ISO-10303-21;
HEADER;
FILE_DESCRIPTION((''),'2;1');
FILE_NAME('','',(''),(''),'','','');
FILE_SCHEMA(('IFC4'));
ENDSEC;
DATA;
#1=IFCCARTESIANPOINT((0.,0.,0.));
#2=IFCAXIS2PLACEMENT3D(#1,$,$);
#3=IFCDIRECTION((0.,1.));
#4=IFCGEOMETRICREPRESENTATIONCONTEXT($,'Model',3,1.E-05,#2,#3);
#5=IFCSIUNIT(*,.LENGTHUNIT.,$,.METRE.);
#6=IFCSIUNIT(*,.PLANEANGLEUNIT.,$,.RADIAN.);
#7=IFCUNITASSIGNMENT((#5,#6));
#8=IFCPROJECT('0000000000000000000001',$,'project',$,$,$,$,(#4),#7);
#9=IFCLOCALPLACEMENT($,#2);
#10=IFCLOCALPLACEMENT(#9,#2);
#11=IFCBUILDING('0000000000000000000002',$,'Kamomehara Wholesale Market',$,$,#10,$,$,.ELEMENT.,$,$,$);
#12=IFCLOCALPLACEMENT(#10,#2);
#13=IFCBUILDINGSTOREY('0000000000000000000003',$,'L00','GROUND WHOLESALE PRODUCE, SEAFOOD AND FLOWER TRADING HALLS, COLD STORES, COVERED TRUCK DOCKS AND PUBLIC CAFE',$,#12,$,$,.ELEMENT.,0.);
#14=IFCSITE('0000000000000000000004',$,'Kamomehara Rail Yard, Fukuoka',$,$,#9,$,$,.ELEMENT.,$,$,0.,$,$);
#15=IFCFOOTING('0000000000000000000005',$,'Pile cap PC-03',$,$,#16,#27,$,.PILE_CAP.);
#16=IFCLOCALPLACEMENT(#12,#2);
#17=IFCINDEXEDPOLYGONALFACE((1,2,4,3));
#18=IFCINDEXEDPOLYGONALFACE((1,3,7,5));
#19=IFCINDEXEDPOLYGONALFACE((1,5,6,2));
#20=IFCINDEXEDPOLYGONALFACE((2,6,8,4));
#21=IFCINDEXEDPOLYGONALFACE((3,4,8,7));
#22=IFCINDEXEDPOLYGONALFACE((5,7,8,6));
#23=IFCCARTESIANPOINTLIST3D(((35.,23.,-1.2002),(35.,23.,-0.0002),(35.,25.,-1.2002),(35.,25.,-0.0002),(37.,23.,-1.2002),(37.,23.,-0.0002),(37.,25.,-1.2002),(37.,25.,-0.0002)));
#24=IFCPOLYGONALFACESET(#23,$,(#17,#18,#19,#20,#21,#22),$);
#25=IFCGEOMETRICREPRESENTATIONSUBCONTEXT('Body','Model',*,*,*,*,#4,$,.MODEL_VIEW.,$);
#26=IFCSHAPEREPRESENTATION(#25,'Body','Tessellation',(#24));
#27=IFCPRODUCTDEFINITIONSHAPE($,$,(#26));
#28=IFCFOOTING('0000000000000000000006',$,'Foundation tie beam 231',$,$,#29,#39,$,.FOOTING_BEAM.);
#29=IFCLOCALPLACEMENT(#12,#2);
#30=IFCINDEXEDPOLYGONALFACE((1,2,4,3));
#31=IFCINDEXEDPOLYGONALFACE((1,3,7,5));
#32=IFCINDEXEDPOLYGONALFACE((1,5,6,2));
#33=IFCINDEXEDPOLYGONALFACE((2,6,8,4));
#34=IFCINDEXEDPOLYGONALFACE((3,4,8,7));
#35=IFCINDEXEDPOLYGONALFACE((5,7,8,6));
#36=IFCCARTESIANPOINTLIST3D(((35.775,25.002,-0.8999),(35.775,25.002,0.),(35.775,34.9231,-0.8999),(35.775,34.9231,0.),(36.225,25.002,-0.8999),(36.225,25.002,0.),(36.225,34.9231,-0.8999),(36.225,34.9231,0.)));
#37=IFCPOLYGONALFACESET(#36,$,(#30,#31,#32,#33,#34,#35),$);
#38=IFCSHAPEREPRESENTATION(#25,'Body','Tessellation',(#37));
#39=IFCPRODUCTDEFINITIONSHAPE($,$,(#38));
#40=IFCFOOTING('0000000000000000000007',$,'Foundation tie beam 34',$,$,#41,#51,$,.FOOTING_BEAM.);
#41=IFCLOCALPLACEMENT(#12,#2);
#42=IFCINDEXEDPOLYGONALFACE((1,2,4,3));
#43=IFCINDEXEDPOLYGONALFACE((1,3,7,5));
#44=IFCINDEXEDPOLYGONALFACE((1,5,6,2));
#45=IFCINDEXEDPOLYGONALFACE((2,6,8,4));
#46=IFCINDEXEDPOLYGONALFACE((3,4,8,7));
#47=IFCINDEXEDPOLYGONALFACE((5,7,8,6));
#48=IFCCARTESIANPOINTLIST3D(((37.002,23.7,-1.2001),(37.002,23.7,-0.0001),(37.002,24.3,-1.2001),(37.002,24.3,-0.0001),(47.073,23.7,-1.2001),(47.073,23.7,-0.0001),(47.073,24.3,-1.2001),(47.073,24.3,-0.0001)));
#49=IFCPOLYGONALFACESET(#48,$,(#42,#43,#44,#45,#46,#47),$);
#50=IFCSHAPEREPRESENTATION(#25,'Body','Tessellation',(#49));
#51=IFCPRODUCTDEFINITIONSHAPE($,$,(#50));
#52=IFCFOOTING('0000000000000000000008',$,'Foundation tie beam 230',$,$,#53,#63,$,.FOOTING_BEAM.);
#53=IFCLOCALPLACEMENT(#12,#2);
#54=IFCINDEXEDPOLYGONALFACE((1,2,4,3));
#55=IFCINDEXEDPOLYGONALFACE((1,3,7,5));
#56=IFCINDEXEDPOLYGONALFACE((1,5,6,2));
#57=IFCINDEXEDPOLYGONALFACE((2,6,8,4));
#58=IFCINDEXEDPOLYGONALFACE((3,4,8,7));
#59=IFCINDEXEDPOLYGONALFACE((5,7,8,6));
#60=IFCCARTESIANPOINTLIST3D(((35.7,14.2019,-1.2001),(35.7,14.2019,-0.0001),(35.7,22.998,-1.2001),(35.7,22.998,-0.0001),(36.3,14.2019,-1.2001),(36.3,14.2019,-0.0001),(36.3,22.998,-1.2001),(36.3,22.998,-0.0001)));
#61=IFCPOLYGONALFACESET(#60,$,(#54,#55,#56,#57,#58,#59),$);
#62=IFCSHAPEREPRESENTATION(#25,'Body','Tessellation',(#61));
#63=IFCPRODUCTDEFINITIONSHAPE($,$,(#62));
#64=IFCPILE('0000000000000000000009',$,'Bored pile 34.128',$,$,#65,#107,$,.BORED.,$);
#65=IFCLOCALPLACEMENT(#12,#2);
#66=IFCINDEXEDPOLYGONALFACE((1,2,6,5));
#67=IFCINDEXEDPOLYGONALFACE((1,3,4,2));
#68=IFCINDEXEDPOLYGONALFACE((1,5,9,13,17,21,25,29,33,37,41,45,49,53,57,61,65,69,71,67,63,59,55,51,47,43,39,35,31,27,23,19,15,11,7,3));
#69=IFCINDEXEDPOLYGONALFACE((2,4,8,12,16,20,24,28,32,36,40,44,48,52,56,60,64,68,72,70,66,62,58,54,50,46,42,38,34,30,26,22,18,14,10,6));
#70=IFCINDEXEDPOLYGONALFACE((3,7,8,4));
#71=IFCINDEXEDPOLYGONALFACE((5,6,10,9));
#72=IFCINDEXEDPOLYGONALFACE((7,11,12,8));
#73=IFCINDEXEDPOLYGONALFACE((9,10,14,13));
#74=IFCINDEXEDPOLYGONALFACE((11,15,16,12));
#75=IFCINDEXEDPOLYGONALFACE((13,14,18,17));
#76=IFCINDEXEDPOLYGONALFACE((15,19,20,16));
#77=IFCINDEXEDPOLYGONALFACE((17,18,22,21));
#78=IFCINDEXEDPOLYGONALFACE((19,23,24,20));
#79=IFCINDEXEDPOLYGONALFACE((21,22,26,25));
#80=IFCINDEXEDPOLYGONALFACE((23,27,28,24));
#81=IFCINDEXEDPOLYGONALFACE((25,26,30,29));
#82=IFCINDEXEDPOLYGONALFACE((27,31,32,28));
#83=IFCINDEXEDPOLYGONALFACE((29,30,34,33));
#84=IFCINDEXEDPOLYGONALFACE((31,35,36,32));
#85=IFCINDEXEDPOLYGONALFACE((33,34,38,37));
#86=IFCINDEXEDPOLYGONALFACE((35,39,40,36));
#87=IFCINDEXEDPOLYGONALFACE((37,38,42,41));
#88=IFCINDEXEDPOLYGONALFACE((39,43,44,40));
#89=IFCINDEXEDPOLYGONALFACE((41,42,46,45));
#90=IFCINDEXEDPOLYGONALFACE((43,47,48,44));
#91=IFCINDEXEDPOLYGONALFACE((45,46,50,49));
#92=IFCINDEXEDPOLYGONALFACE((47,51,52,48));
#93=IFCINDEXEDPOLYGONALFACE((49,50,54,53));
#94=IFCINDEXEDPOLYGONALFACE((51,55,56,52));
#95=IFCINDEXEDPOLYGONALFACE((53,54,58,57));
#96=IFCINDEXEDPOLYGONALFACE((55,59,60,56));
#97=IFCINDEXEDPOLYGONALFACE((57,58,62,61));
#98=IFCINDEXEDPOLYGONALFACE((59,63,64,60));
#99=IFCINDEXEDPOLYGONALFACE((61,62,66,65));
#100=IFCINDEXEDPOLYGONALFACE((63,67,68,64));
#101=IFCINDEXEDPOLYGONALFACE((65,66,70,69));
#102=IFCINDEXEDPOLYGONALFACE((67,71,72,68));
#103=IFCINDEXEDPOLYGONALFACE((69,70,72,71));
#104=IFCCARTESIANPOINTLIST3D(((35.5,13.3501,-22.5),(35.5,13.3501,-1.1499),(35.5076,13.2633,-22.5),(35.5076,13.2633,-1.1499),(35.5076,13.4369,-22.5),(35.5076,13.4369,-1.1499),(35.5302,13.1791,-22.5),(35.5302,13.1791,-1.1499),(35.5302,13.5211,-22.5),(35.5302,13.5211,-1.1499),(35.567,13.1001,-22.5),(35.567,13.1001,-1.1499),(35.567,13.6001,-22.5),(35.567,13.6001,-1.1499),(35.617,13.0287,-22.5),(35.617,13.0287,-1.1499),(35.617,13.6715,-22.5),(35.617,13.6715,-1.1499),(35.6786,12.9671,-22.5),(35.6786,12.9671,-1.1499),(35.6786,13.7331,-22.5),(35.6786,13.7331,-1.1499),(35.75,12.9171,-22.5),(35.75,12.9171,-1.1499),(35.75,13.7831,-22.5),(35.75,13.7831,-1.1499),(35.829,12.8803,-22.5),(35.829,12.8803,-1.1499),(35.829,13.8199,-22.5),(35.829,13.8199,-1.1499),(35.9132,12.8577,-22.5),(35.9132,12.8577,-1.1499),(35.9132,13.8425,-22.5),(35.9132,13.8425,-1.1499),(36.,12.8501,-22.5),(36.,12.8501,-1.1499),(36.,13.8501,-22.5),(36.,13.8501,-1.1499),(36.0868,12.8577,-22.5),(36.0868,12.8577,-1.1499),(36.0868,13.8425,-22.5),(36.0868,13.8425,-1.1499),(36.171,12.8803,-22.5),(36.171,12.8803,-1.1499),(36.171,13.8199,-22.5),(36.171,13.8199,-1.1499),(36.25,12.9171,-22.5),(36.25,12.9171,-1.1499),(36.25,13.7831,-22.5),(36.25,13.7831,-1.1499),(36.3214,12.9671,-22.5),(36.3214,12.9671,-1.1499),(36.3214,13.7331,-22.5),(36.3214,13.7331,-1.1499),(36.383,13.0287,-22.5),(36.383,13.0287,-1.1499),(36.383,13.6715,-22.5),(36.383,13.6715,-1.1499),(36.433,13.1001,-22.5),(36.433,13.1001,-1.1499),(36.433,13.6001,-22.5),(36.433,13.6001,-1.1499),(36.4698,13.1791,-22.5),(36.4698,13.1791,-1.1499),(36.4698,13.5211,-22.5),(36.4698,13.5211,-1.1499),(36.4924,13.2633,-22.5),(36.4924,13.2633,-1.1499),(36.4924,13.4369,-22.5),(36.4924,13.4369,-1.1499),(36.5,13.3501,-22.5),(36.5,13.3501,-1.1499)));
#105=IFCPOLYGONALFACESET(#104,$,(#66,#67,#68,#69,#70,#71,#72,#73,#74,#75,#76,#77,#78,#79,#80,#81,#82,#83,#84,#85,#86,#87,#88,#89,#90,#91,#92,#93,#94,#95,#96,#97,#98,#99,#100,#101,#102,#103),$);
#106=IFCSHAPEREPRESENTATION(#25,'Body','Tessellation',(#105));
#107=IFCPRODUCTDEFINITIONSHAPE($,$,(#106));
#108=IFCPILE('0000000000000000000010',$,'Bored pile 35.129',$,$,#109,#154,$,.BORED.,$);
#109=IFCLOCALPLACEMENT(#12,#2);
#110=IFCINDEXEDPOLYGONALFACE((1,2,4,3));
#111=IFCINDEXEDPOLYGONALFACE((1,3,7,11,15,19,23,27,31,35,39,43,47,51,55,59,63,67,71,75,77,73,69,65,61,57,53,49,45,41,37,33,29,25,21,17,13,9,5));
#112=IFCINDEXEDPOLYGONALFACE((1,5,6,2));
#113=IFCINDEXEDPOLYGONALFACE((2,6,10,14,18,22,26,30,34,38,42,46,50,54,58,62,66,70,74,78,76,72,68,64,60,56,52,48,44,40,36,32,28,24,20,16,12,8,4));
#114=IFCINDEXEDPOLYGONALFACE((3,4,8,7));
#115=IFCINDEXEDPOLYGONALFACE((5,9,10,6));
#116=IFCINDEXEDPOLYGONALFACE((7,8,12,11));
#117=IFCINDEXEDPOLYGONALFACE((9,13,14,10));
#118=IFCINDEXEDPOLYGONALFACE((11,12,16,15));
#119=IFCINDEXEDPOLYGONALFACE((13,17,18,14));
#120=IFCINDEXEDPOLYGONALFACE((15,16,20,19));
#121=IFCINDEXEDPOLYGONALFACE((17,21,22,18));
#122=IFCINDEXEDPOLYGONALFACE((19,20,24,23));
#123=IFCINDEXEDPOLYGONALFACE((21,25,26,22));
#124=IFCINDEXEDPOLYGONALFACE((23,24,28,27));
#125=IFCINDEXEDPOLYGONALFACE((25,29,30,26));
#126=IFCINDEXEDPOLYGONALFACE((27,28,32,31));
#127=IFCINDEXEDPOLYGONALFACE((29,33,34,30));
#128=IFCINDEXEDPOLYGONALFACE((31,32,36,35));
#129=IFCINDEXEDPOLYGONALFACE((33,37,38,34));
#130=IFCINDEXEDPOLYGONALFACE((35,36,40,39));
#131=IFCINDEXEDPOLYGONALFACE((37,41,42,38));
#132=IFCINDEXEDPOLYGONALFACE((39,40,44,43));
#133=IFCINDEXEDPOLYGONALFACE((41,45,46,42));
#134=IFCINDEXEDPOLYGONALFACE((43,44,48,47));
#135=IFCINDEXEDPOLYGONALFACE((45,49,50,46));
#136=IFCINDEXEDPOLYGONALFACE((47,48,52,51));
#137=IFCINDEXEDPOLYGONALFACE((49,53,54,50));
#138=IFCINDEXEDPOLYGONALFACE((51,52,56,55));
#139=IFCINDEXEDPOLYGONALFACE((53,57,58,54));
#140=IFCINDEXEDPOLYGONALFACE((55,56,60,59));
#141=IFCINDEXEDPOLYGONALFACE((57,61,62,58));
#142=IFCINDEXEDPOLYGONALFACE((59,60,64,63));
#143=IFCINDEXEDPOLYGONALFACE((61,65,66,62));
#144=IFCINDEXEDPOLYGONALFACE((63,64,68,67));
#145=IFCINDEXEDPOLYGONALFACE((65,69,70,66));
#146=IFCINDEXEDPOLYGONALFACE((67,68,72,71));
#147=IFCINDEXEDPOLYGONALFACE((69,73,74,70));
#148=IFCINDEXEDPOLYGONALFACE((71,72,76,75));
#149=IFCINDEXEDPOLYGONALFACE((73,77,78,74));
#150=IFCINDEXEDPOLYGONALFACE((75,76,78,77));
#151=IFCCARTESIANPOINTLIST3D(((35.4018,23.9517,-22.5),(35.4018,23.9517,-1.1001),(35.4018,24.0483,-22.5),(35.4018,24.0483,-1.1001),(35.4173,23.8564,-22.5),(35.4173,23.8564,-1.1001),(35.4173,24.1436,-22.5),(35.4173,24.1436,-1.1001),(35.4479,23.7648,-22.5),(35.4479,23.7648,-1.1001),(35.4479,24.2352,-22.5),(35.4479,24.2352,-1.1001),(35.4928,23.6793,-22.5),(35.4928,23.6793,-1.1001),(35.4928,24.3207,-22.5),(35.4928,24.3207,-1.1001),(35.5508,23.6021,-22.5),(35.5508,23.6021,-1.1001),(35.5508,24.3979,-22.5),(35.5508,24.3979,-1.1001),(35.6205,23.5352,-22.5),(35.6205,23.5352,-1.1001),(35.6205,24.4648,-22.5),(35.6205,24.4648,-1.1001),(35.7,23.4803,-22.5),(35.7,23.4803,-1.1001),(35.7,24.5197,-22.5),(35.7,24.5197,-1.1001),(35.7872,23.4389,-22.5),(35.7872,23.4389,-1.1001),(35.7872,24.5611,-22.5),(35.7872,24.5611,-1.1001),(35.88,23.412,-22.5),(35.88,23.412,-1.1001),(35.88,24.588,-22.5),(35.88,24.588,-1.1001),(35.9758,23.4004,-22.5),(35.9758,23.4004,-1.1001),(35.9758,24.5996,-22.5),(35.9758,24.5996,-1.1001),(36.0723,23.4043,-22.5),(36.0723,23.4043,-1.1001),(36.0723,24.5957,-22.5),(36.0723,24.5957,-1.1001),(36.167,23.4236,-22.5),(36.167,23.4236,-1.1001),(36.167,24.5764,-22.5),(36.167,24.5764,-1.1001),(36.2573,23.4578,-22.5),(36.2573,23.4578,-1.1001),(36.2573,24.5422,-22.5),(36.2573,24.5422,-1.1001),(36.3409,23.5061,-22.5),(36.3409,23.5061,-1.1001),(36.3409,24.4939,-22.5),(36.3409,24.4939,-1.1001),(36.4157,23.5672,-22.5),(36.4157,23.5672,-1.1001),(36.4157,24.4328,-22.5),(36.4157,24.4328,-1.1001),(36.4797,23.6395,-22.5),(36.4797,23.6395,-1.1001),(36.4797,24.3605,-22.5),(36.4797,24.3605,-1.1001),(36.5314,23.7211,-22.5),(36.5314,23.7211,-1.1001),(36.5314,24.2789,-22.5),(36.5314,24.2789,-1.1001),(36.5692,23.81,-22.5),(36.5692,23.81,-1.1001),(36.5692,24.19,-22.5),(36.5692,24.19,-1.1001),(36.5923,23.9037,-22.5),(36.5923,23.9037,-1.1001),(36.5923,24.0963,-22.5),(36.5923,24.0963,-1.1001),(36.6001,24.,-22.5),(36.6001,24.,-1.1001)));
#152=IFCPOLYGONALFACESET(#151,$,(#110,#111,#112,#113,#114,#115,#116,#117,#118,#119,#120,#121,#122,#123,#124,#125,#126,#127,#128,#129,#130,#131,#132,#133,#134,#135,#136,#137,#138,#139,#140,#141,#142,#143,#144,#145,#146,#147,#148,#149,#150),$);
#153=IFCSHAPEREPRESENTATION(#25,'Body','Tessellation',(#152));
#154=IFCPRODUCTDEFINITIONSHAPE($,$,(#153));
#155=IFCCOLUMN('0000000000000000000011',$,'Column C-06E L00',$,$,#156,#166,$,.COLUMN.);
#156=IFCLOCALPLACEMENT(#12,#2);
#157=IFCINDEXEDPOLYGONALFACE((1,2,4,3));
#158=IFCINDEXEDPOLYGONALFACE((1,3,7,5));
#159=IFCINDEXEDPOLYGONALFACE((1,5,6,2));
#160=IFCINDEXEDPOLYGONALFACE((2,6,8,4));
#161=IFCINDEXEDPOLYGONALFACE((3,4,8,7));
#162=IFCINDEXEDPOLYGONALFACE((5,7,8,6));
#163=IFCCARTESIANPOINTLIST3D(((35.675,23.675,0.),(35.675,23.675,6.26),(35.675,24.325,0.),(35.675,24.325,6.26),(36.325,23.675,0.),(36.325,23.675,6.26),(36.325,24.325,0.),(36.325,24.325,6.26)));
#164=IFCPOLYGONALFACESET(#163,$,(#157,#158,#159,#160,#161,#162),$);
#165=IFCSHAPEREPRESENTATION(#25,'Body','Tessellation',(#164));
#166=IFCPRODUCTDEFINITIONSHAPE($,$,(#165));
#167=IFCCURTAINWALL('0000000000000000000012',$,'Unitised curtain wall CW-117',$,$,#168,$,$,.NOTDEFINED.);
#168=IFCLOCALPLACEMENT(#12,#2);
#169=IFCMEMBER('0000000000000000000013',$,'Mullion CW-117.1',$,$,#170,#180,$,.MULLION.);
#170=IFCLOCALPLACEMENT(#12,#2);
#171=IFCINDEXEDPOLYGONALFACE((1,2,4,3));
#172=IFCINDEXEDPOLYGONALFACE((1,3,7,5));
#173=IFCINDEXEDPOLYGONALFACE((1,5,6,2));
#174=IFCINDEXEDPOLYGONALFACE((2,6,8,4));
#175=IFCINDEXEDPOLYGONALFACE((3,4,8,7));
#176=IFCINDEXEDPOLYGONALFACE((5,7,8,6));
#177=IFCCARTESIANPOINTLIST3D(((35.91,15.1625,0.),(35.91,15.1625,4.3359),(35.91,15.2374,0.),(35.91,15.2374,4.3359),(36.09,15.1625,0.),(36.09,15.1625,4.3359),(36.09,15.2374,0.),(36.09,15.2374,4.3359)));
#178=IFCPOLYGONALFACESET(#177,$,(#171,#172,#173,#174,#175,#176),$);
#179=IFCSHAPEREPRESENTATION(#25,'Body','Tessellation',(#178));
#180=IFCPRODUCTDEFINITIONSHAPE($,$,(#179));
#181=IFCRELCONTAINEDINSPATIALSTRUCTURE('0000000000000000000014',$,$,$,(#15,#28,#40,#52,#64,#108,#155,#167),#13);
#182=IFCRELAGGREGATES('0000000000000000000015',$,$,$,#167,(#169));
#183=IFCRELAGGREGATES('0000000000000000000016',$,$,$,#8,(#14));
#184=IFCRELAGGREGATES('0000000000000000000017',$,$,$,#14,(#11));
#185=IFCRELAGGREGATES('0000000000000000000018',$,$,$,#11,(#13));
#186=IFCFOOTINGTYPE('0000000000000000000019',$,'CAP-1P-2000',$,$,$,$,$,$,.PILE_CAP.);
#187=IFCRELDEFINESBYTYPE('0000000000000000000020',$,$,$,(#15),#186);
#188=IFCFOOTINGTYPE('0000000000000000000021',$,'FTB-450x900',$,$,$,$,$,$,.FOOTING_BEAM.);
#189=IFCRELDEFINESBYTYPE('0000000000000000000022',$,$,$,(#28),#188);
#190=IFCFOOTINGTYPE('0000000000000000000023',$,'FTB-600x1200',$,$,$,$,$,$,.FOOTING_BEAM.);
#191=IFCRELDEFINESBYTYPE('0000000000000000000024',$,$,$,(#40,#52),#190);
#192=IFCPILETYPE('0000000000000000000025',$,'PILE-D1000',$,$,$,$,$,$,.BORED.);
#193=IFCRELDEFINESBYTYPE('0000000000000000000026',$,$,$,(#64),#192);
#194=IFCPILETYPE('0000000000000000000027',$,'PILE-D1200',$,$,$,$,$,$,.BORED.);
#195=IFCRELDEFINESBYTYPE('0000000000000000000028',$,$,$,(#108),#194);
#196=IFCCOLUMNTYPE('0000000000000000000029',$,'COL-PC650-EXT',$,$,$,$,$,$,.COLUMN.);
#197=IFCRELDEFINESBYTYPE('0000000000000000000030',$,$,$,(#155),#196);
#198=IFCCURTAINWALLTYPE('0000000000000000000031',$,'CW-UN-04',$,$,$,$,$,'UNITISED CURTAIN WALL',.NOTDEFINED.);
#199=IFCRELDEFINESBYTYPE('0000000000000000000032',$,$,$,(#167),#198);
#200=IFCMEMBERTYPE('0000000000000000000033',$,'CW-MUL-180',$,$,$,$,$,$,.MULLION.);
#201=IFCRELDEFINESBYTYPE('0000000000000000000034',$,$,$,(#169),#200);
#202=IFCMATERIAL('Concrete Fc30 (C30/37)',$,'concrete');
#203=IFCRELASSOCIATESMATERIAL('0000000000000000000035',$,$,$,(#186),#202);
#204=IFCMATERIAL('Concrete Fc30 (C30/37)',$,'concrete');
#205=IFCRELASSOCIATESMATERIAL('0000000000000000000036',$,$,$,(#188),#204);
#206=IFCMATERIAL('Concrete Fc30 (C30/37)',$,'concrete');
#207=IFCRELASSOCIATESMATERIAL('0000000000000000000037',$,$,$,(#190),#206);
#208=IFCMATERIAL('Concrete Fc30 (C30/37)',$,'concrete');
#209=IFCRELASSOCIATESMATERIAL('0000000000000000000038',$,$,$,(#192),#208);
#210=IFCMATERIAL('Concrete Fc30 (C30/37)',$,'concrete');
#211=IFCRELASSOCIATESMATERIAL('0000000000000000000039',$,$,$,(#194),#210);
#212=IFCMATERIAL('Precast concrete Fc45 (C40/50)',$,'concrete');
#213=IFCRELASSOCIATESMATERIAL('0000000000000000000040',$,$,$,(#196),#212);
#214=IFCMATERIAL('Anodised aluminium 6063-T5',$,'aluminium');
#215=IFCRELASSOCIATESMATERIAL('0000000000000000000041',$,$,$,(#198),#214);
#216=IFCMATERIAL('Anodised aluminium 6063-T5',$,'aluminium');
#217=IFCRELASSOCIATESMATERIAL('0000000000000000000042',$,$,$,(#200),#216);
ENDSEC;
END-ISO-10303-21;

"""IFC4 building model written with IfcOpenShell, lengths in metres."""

from ifc_helpers import new_model, si_unit, direction, frame, origin, origin_2d, place, context, subcontext, project, spatial, rectangle, circle, extrude, material, material_profile, profile_set, type_object, element, aggregate, save


model = new_model("IFC4")

# Units and contexts
model_context = context("Model", 3, precision=1e-05, world=origin(), true_north=direction((0.0, 1.0)))
body_context = subcontext(model_context, "Body", "Model", "MODEL_VIEW")
ifc_project = project(units=[si_unit("LENGTHUNIT", "METRE"), si_unit("PLANEANGLEUNIT", "RADIAN")], contexts=[model_context])

# Site, building, storey
site_placement = place(None, origin())
site = spatial("IfcSite", under=ifc_project, at=site_placement, Name="Kamomehara Rail Yard, Fukuoka", CompositionType="ELEMENT", RefElevation=0.0)
building_placement = place(site_placement, origin())
building = spatial("IfcBuilding", under=site, at=building_placement, Name="Kamomehara Wholesale Market", CompositionType="ELEMENT")
storey_placement = place(building_placement, origin())
storey = spatial("IfcBuildingStorey", under=building, at=storey_placement, Name="L00", Description="GROUND WHOLESALE PRODUCE, SEAFOOD AND FLOWER TRADING HALLS, COLD STORES, COVERED TRUCK DOCKS AND PUBLIC CAFE", CompositionType="ELEMENT", Elevation=0.0)

# Footings
ifc_material_1 = material(Name="Concrete Fc30 (C30/37)", Category="concrete")
footing_type_1 = type_object("IfcFootingType", Name="CAP-1P-2000", PredefinedType="PILE_CAP", material=ifc_material_1)
footing_1_placement = place(storey_placement, frame((36.0, 24.0, -1.2002), z_axis=(0.0, 0.0, 1.0), x_axis=(1.0, 0.0, 0.0)))
element("IfcFooting", 1, at=footing_1_placement, inside=storey, type_object=footing_type_1, Name="Pile cap PC-03", PredefinedType="PILE_CAP", context=body_context, shape_type="SweptSolid", body=[
    extrude(rectangle(XDim=2.0, YDim=2.0, at=origin_2d()), origin(), (0.0, 0.0, 1.0), 1.2),
])
ifc_material_2 = material(Name="Concrete Fc30 (C30/37)", Category="concrete")
ifc_material_profile_1 = material_profile(ifc_material_2, rectangle(XDim=0.45, YDim=0.8999, at=origin_2d()), Name="RC-FTB-450x900")
ifc_profile_set_1 = profile_set([ifc_material_profile_1], Name="Concrete Fc30 (C30/37)")
footing_type_2 = type_object("IfcFootingType", Name="FTB-450x900", PredefinedType="FOOTING_BEAM", material=ifc_profile_set_1)
footing_2_placement = place(storey_placement, frame((36.0, 25.002, -0.45), z_axis=(0.0, 1.0, 0.0), x_axis=(-1.0, 0.0, 0.0)))
element("IfcFooting", 2, at=footing_2_placement, inside=storey, type_object=footing_type_2, Name="Foundation tie beam 231", PredefinedType="FOOTING_BEAM", context=body_context, shape_type="SweptSolid", body=[
    extrude(rectangle(XDim=0.45, YDim=0.8999, at=origin_2d()), origin(), (0.0, 0.0, 1.0), 9.9211),
])
ifc_material_3 = material(Name="Concrete Fc30 (C30/37)", Category="concrete")
ifc_material_profile_2 = material_profile(ifc_material_3, rectangle(XDim=0.6001, YDim=1.2, at=origin_2d()), Name="RC-FTB-600x1200")
ifc_profile_set_2 = profile_set([ifc_material_profile_2], Name="Concrete Fc30 (C30/37)")
footing_type_3 = type_object("IfcFootingType", Name="FTB-600x1200", PredefinedType="FOOTING_BEAM", material=ifc_profile_set_2)
footing_3_placement = place(storey_placement, frame((37.002, 24.0, -0.6001), z_axis=(1.0, 0.0, 0.0), x_axis=(0.0, 1.0, 0.0)))
element("IfcFooting", 3, at=footing_3_placement, inside=storey, type_object=footing_type_3, Name="Foundation tie beam 34", PredefinedType="FOOTING_BEAM", context=body_context, shape_type="SweptSolid", body=[
    extrude(rectangle(XDim=0.6001, YDim=1.2, at=origin_2d()), origin(), (0.0, 0.0, 1.0), 10.071),
])
footing_4_placement = place(storey_placement, frame((36.0, 14.2019, -0.6001), z_axis=(0.0, 1.0, 0.0), x_axis=(-1.0, 0.0, 0.0)))
element("IfcFooting", 4, at=footing_4_placement, inside=storey, type_object=footing_type_3, Name="Foundation tie beam 230", PredefinedType="FOOTING_BEAM", context=body_context, shape_type="SweptSolid", body=[
    extrude(rectangle(XDim=0.6001, YDim=1.2, at=origin_2d()), origin(), (0.0, 0.0, 1.0), 8.7961),
])

# Piles
ifc_material_4 = material(Name="Concrete Fc30 (C30/37)", Category="concrete")
ifc_material_profile_3 = material_profile(ifc_material_4, circle(Radius=0.5, at=origin_2d()), Name="RC-PILE-D1000")
ifc_profile_set_3 = profile_set([ifc_material_profile_3], Name="Concrete Fc30 (C30/37)")
pile_type_1 = type_object("IfcPileType", Name="PILE-D1000", PredefinedType="BORED", material=ifc_profile_set_3)
pile_1_placement = place(storey_placement, frame((36.0, 13.3501, -1.1499), z_axis=(0.0, 0.0, -1.0), x_axis=(1.0, 0.0, 0.0)))
element("IfcPile", 5, at=pile_1_placement, inside=storey, type_object=pile_type_1, Name="Bored pile 34.128", PredefinedType="BORED", context=body_context, shape_type="SweptSolid", body=[
    extrude(circle(Radius=0.5, at=origin_2d()), origin(), (0.0, 0.0, 1.0), 21.3501),
])
ifc_material_5 = material(Name="Concrete Fc30 (C30/37)", Category="concrete")
ifc_material_profile_4 = material_profile(ifc_material_5, circle(Radius=0.6001, at=origin_2d()), Name="RC-PILE-D1200")
ifc_profile_set_4 = profile_set([ifc_material_profile_4], Name="Concrete Fc30 (C30/37)")
pile_type_2 = type_object("IfcPileType", Name="PILE-D1200", PredefinedType="BORED", material=ifc_profile_set_4)
pile_2_placement = place(storey_placement, frame((36.0, 24.0, -1.1001), z_axis=(0.0, 0.0, -1.0), x_axis=(1.0, 0.0, 0.0)))
element("IfcPile", 6, at=pile_2_placement, inside=storey, type_object=pile_type_2, Name="Bored pile 35.129", PredefinedType="BORED", context=body_context, shape_type="SweptSolid", body=[
    extrude(circle(Radius=0.6001, at=origin_2d()), origin(), (0.0, 0.0, 1.0), 21.3999),
])

# Column
ifc_material_6 = material(Name="Precast concrete Fc45 (C40/50)", Category="concrete")
ifc_material_profile_5 = material_profile(ifc_material_6, rectangle(XDim=0.6499, YDim=0.6499, at=origin_2d()), Name="PC-COL-650x650")
ifc_profile_set_5 = profile_set([ifc_material_profile_5], Name="Precast concrete Fc45 (C40/50)")
column_type = type_object("IfcColumnType", Name="COL-PC650-EXT", PredefinedType="COLUMN", material=ifc_profile_set_5)
column_placement = place(storey_placement, frame((36.0, 24.0, 0.0), z_axis=(0.0, 0.0, 1.0), x_axis=(1.0, 0.0, 0.0)))
element("IfcColumn", 7, at=column_placement, inside=storey, type_object=column_type, Name="Column C-06E L00", PredefinedType="COLUMN", context=body_context, shape_type="SweptSolid", body=[
    extrude(rectangle(XDim=0.6499, YDim=0.6499, at=origin_2d()), origin(), (0.0, 0.0, 1.0), 6.26),
])

# Curtain wall, member
ifc_material_7 = material(Name="Anodised aluminium 6063-T5", Category="aluminium")
curtain_wall_type = type_object("IfcCurtainWallType", Name="CW-UN-04", ElementType="UNITISED CURTAIN WALL", PredefinedType="NOTDEFINED", material=ifc_material_7)
curtain_wall_1_placement = place(storey_placement, origin())
curtain_wall_1 = element("IfcCurtainWall", 8, at=curtain_wall_1_placement, inside=storey, type_object=curtain_wall_type, Name="Unitised curtain wall CW-117", PredefinedType="NOTDEFINED")
ifc_material_8 = material(Name="Anodised aluminium 6063-T5", Category="aluminium")
ifc_material_profile_6 = material_profile(ifc_material_8, rectangle(XDim=0.075, YDim=0.1799, at=origin_2d()), Name="ALU-MUL-75x180")
ifc_profile_set_6 = profile_set([ifc_material_profile_6], Name="Anodised aluminium 6063-T5")
member_type_1 = type_object("IfcMemberType", Name="CW-MUL-180", PredefinedType="MULLION", material=ifc_profile_set_6)
member_1_placement = place(storey_placement, frame((36.0, 15.2, 0.0), z_axis=(0.0, 0.0, 1.0), x_axis=(0.0, 1.0, 0.0)))
member_1 = element("IfcMember", 9, at=member_1_placement, type_object=member_type_1, Name="Mullion CW-117.1", PredefinedType="MULLION", context=body_context, shape_type="SweptSolid", body=[
    extrude(rectangle(XDim=0.075, YDim=0.1799, at=origin_2d()), origin(), (0.0, 0.0, 1.0), 4.3359),
])

aggregate(curtain_wall_1, [member_1])

save(model, "model.ifc")
